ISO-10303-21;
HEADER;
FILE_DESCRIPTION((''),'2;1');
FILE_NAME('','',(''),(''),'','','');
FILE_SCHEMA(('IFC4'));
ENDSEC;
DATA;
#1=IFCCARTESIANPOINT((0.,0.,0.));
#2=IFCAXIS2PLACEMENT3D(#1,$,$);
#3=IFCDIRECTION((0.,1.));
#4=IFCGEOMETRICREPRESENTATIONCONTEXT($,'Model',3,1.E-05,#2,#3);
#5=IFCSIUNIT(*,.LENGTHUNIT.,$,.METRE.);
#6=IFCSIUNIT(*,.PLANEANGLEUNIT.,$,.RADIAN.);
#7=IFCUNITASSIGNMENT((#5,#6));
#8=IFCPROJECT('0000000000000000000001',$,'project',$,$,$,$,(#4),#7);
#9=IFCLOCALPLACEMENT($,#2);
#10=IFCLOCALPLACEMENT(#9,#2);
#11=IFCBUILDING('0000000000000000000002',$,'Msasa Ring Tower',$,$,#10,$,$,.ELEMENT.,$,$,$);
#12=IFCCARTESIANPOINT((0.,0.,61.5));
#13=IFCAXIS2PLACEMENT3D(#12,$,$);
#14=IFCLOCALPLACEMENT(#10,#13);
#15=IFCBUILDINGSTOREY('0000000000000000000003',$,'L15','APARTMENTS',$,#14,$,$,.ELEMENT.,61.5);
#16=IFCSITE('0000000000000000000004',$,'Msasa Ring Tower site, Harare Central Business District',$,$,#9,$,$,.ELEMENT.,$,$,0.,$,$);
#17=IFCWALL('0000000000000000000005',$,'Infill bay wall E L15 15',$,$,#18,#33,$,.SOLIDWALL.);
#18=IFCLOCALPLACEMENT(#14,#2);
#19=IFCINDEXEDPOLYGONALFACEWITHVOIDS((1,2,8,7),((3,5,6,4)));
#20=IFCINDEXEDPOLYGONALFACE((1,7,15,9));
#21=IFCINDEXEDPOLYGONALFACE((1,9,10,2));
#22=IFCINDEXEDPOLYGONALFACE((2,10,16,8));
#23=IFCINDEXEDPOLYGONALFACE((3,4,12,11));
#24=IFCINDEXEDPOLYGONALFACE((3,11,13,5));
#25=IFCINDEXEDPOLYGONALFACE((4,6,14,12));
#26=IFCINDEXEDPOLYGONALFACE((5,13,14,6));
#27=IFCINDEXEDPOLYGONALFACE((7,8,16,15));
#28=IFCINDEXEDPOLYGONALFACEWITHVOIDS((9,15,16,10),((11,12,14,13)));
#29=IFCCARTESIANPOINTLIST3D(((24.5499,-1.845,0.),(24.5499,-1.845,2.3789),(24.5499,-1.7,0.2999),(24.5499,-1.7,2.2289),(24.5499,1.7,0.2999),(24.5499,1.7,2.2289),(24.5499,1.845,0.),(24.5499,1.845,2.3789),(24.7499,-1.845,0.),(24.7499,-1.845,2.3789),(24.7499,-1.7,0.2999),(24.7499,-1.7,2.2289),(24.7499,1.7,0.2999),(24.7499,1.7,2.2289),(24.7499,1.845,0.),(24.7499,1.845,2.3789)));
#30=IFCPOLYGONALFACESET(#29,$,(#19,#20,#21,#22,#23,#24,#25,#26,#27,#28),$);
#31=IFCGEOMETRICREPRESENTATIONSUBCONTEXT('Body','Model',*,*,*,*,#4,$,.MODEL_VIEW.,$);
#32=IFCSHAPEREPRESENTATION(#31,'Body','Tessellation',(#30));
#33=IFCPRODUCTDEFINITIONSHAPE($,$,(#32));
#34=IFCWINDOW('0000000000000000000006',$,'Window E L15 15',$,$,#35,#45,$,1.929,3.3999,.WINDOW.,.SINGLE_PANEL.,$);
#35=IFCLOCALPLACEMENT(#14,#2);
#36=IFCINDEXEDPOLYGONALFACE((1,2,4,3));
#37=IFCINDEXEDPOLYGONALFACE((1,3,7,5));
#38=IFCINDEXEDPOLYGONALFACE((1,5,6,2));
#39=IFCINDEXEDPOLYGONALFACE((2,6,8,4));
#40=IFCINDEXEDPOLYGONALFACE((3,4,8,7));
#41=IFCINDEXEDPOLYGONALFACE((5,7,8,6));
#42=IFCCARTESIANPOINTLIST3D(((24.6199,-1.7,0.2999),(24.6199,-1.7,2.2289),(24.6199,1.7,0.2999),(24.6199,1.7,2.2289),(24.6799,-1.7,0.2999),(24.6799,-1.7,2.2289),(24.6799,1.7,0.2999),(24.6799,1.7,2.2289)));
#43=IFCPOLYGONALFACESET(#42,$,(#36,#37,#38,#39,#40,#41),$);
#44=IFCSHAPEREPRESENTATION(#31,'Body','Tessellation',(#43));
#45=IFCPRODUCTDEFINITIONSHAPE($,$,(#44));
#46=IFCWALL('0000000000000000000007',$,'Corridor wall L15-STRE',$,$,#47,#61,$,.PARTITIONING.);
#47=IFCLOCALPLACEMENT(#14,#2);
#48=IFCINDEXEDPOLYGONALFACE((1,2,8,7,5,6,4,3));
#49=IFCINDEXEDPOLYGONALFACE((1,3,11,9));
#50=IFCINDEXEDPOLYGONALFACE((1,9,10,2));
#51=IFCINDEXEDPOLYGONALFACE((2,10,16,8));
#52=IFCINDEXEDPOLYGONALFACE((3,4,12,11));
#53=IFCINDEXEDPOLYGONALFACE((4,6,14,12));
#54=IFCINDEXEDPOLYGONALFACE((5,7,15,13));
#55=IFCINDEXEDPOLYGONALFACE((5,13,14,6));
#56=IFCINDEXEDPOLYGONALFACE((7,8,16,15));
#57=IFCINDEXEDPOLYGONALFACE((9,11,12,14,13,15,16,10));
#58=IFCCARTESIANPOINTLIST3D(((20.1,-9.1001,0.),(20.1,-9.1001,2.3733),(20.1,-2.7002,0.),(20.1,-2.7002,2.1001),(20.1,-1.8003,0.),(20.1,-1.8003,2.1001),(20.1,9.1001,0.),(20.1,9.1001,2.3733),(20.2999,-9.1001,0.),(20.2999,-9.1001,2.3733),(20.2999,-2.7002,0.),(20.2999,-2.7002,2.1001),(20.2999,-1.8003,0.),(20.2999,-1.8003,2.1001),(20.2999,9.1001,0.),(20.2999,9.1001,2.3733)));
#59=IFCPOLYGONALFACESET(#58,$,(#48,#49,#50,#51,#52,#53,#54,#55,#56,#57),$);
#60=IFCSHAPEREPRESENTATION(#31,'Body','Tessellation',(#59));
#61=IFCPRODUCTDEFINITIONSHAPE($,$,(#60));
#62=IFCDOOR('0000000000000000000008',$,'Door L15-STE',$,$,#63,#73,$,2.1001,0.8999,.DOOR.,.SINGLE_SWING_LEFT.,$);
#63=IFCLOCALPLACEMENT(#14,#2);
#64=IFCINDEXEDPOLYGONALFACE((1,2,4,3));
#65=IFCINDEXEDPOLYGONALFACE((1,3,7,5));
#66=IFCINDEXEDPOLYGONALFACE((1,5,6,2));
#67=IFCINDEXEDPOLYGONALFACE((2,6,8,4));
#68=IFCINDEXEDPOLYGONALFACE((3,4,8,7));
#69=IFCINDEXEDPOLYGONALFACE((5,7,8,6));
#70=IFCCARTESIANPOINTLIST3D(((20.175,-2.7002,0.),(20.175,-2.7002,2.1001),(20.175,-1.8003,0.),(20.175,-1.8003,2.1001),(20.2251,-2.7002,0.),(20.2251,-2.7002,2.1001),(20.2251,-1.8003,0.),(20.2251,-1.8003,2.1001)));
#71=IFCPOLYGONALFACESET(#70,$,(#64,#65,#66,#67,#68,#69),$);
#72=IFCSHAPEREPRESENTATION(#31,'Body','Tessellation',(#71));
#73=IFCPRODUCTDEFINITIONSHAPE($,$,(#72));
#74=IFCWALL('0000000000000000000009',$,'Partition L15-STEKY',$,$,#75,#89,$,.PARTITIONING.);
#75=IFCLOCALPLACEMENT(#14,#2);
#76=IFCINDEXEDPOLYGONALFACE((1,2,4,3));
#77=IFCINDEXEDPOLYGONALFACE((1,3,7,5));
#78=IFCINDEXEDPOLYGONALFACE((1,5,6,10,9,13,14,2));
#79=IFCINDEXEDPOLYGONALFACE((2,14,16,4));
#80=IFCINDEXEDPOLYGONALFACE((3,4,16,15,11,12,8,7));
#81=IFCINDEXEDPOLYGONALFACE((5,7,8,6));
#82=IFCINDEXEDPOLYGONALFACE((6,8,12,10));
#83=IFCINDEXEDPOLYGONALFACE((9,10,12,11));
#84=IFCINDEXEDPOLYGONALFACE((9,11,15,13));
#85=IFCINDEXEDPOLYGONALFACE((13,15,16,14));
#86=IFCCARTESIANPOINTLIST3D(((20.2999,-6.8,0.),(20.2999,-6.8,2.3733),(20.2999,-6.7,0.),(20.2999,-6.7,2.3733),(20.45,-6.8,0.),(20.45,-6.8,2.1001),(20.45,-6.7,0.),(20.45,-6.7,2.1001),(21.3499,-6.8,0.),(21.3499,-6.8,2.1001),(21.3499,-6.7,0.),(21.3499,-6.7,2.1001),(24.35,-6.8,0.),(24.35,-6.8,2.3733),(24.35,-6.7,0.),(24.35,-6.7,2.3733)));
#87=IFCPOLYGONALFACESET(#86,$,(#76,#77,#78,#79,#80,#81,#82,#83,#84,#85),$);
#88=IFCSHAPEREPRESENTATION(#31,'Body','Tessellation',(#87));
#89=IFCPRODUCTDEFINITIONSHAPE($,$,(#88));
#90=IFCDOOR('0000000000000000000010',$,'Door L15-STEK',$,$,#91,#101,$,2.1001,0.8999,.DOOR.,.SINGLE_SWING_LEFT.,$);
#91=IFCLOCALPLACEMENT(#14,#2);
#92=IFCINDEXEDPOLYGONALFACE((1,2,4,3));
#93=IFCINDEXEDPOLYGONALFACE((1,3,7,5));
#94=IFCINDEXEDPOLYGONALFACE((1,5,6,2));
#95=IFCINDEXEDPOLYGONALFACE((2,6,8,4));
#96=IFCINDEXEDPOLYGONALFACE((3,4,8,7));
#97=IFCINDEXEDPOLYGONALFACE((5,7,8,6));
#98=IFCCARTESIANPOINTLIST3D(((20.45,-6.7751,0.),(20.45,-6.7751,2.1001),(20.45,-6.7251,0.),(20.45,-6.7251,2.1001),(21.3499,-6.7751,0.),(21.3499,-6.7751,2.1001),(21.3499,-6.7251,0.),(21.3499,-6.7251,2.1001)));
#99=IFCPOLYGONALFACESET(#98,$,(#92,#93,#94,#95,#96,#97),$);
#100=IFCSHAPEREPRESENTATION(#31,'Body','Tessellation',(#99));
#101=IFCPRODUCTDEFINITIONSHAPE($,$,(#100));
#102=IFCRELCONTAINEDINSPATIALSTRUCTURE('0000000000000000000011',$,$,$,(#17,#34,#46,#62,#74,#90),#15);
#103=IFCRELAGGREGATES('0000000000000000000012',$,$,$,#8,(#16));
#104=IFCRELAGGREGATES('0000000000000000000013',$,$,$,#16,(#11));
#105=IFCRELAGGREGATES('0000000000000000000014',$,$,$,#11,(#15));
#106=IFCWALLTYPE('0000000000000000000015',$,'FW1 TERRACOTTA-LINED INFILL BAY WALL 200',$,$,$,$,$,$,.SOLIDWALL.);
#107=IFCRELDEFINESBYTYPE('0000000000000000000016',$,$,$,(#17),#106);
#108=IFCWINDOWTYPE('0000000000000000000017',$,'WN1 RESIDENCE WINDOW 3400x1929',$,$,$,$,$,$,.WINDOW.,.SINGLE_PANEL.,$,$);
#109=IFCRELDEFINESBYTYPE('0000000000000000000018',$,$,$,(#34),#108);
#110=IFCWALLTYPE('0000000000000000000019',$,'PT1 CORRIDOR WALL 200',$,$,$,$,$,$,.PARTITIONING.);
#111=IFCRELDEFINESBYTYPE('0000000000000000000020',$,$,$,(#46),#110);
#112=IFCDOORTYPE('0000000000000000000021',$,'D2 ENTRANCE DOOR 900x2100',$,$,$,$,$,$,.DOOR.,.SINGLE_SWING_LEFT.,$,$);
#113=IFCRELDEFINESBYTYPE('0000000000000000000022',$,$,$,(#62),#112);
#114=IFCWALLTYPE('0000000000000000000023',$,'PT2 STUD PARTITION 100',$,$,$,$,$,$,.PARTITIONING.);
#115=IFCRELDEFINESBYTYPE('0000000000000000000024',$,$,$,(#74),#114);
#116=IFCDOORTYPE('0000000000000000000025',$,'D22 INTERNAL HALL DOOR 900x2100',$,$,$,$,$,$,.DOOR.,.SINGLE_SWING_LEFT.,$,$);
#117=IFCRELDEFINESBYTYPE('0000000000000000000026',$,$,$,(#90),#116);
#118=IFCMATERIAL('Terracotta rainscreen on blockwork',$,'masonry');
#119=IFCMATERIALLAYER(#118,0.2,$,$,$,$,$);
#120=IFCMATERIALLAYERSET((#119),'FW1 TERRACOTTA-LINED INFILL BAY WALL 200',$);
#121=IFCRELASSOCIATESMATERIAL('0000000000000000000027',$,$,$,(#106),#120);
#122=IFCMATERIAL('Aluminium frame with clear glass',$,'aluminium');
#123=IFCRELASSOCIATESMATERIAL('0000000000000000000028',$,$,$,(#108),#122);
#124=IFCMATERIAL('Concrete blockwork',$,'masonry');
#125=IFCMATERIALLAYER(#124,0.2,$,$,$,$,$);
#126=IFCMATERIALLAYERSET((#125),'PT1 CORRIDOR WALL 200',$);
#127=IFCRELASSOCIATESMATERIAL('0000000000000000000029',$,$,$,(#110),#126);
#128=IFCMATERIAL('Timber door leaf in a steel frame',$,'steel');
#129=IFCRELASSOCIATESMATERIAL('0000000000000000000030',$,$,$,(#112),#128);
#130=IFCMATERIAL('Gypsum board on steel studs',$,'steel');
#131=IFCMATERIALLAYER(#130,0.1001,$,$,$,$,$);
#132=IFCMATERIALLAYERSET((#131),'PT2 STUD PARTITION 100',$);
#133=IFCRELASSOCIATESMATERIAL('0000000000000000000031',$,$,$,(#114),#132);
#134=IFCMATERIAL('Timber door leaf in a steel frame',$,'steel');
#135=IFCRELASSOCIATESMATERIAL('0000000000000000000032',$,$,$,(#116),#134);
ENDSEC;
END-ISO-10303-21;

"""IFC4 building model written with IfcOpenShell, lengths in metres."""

from ifc_helpers import new_model, si_unit, direction, frame, frame_2d, origin, place, context, subcontext, project, spatial, rectangle, extrude, material, layer, layer_set, type_object, element, fill, save


model = new_model("IFC4")

# Units and contexts
model_context = context("Model", 3, precision=1e-05, world=origin(), true_north=direction((0.0, 1.0)))
body_context = subcontext(model_context, "Body", "Model", "MODEL_VIEW")
ifc_project = project(units=[si_unit("LENGTHUNIT", "METRE"), si_unit("PLANEANGLEUNIT", "RADIAN")], contexts=[model_context])

# Site, building, storey
site_placement = place(None, origin())
site = spatial("IfcSite", under=ifc_project, at=site_placement, Name="Msasa Ring Tower site, Harare Central Business District", CompositionType="ELEMENT", RefElevation=0.0)
building_placement = place(site_placement, origin())
building = spatial("IfcBuilding", under=site, at=building_placement, Name="Msasa Ring Tower", CompositionType="ELEMENT")
storey_placement = place(building_placement, frame((0.0, 0.0, 61.5)))
storey = spatial("IfcBuildingStorey", under=building, at=storey_placement, Name="L15", Description="APARTMENTS", CompositionType="ELEMENT", Elevation=61.5)

# Wall, opening, window
ifc_material_1 = material(Name="Terracotta rainscreen on blockwork", Category="masonry")
ifc_layer_1 = layer(ifc_material_1, 0.2)
ifc_layer_set_1 = layer_set([ifc_layer_1], Name="FW1 TERRACOTTA-LINED INFILL BAY WALL 200")
wall_type_1 = type_object("IfcWallType", Name="FW1 TERRACOTTA-LINED INFILL BAY WALL 200", PredefinedType="SOLIDWALL", material=ifc_layer_set_1)
ifc_material_2 = material(Name="Aluminium frame with clear glass", Category="aluminium")
window_type = type_object("IfcWindowType", Name="WN1 RESIDENCE WINDOW 3400x1929", PartitioningType="SINGLE_PANEL", PredefinedType="WINDOW", material=ifc_material_2)
wall_1_placement = place(storey_placement, frame((24.6499, -1.845, 0.0), z_axis=(0.0, 0.0, 1.0), x_axis=(0.0, 1.0, 0.0)))
wall_1 = element("IfcWall", 1, at=wall_1_placement, inside=storey, type_object=wall_type_1, Name="Infill bay wall E L15 15", PredefinedType="SOLIDWALL", context=body_context, shape_type="SweptSolid", body=[
    extrude(rectangle(XDim=3.6899, YDim=0.2, at=frame_2d((1.845, 0.0))), origin(), (0.0, 0.0, 1.0), 2.3789),
])
opening_1_placement = place(wall_1_placement, frame((0.145, 0.0, 0.3)))
opening_1 = element("IfcOpeningElement", 2, at=opening_1_placement, cuts=wall_1, PredefinedType="OPENING", context=body_context, shape_type="SweptSolid", body=[
    extrude(rectangle(XDim=3.3999, YDim=1.929, at=frame_2d((1.7, 0.9644))), frame((0.0, 0.1099, 0.0), z_axis=(0.0, -1.0, 0.0), x_axis=(1.0, 0.0, 0.0)), (0.0, 0.0, 1.0), 0.22),
])
window_1_placement = place(opening_1_placement, origin())
window_1 = element("IfcWindow", 3, at=window_1_placement, inside=storey, type_object=window_type, Name="Window E L15 15", OverallHeight=1.929, OverallWidth=3.3999, PartitioningType="SINGLE_PANEL", PredefinedType="WINDOW", context=body_context, shape_type="SweptSolid", body=[
    extrude(rectangle(XDim=3.3999, YDim=1.929, at=frame_2d((1.7, 0.9644))), frame((0.0, 0.03, 0.0), z_axis=(0.0, -1.0, 0.0), x_axis=(1.0, 0.0, 0.0)), (0.0, 0.0, 1.0), 0.0601),
])
fill(opening_1, window_1)

# Walls, openings, doors
ifc_material_3 = material(Name="Concrete blockwork", Category="masonry")
ifc_layer_2 = layer(ifc_material_3, 0.2)
ifc_layer_set_2 = layer_set([ifc_layer_2], Name="PT1 CORRIDOR WALL 200")
wall_type_2 = type_object("IfcWallType", Name="PT1 CORRIDOR WALL 200", PredefinedType="PARTITIONING", material=ifc_layer_set_2)
wall_2_placement = place(storey_placement, frame((20.2, -9.1001, 0.0), z_axis=(0.0, 0.0, 1.0), x_axis=(0.0, 1.0, 0.0)))
wall_2 = element("IfcWall", 4, at=wall_2_placement, inside=storey, type_object=wall_type_2, Name="Corridor wall L15-STRE", PredefinedType="PARTITIONING", context=body_context, shape_type="SweptSolid", body=[
    extrude(rectangle(XDim=18.2002, YDim=0.2, at=frame_2d((9.1001, 0.0))), origin(), (0.0, 0.0, 1.0), 2.3733),
])
opening_2_placement = place(wall_2_placement, frame((6.3999, 0.0, 0.0)))
opening_2 = element("IfcOpeningElement", 5, at=opening_2_placement, cuts=wall_2, PredefinedType="OPENING", context=body_context, shape_type="SweptSolid", body=[
    extrude(rectangle(XDim=0.8999, YDim=2.1001, at=frame_2d((0.45, 1.05))), frame((0.0, 0.1099, 0.0), z_axis=(0.0, -1.0, 0.0), x_axis=(1.0, 0.0, 0.0)), (0.0, 0.0, 1.0), 0.22),
])
ifc_material_4 = material(Name="Timber door leaf in a steel frame", Category="steel")
door_type_1 = type_object("IfcDoorType", Name="D2 ENTRANCE DOOR 900x2100", OperationType="SINGLE_SWING_LEFT", PredefinedType="DOOR", material=ifc_material_4)
door_1_placement = place(opening_2_placement, origin())
door_1 = element("IfcDoor", 6, at=door_1_placement, inside=storey, type_object=door_type_1, Name="Door L15-STE", OperationType="SINGLE_SWING_LEFT", OverallHeight=2.1001, OverallWidth=0.8999, PredefinedType="DOOR", context=body_context, shape_type="SweptSolid", body=[
    extrude(rectangle(XDim=0.8999, YDim=2.1001, at=frame_2d((0.45, 1.05))), frame((0.0, 0.0249, 0.0), z_axis=(0.0, -1.0, 0.0), x_axis=(1.0, 0.0, 0.0)), (0.0, 0.0, 1.0), 0.05),
])
fill(opening_2, door_1)
ifc_material_5 = material(Name="Gypsum board on steel studs", Category="steel")
ifc_layer_3 = layer(ifc_material_5, 0.1001)
ifc_layer_set_3 = layer_set([ifc_layer_3], Name="PT2 STUD PARTITION 100")
wall_type_3 = type_object("IfcWallType", Name="PT2 STUD PARTITION 100", PredefinedType="PARTITIONING", material=ifc_layer_set_3)
wall_3_placement = place(storey_placement, frame((20.3, -6.75, 0.0), z_axis=(0.0, 0.0, 1.0), x_axis=(1.0, 0.0, 0.0)))
wall_3 = element("IfcWall", 7, at=wall_3_placement, inside=storey, type_object=wall_type_3, Name="Partition L15-STEKY", PredefinedType="PARTITIONING", context=body_context, shape_type="SweptSolid", body=[
    extrude(rectangle(XDim=4.05, YDim=0.1001, at=frame_2d((2.0249, 0.0))), origin(), (0.0, 0.0, 1.0), 2.3733),
])
opening_3_placement = place(wall_3_placement, frame((0.1499, 0.0, 0.0)))
opening_3 = element("IfcOpeningElement", 8, at=opening_3_placement, cuts=wall_3, PredefinedType="OPENING", context=body_context, shape_type="SweptSolid", body=[
    extrude(rectangle(XDim=0.8999, YDim=2.1001, at=frame_2d((0.45, 1.05))), frame((0.0, 0.0601, 0.0), z_axis=(0.0, -1.0, 0.0), x_axis=(1.0, 0.0, 0.0)), (0.0, 0.0, 1.0), 0.1201),
])
ifc_material_6 = material(Name="Timber door leaf in a steel frame", Category="steel")
door_type_2 = type_object("IfcDoorType", Name="D22 INTERNAL HALL DOOR 900x2100", OperationType="SINGLE_SWING_LEFT", PredefinedType="DOOR", material=ifc_material_6)
door_2_placement = place(opening_3_placement, origin())
door_2 = element("IfcDoor", 9, at=door_2_placement, inside=storey, type_object=door_type_2, Name="Door L15-STEK", OperationType="SINGLE_SWING_LEFT", OverallHeight=2.1001, OverallWidth=0.8999, PredefinedType="DOOR", context=body_context, shape_type="SweptSolid", body=[
    extrude(rectangle(XDim=0.8999, YDim=2.1001, at=frame_2d((0.45, 1.05))), frame((0.0, 0.0249, 0.0), z_axis=(0.0, -1.0, 0.0), x_axis=(1.0, 0.0, 0.0)), (0.0, 0.0, 1.0), 0.05),
])
fill(opening_3, door_2)

save(model, "model.ifc")
